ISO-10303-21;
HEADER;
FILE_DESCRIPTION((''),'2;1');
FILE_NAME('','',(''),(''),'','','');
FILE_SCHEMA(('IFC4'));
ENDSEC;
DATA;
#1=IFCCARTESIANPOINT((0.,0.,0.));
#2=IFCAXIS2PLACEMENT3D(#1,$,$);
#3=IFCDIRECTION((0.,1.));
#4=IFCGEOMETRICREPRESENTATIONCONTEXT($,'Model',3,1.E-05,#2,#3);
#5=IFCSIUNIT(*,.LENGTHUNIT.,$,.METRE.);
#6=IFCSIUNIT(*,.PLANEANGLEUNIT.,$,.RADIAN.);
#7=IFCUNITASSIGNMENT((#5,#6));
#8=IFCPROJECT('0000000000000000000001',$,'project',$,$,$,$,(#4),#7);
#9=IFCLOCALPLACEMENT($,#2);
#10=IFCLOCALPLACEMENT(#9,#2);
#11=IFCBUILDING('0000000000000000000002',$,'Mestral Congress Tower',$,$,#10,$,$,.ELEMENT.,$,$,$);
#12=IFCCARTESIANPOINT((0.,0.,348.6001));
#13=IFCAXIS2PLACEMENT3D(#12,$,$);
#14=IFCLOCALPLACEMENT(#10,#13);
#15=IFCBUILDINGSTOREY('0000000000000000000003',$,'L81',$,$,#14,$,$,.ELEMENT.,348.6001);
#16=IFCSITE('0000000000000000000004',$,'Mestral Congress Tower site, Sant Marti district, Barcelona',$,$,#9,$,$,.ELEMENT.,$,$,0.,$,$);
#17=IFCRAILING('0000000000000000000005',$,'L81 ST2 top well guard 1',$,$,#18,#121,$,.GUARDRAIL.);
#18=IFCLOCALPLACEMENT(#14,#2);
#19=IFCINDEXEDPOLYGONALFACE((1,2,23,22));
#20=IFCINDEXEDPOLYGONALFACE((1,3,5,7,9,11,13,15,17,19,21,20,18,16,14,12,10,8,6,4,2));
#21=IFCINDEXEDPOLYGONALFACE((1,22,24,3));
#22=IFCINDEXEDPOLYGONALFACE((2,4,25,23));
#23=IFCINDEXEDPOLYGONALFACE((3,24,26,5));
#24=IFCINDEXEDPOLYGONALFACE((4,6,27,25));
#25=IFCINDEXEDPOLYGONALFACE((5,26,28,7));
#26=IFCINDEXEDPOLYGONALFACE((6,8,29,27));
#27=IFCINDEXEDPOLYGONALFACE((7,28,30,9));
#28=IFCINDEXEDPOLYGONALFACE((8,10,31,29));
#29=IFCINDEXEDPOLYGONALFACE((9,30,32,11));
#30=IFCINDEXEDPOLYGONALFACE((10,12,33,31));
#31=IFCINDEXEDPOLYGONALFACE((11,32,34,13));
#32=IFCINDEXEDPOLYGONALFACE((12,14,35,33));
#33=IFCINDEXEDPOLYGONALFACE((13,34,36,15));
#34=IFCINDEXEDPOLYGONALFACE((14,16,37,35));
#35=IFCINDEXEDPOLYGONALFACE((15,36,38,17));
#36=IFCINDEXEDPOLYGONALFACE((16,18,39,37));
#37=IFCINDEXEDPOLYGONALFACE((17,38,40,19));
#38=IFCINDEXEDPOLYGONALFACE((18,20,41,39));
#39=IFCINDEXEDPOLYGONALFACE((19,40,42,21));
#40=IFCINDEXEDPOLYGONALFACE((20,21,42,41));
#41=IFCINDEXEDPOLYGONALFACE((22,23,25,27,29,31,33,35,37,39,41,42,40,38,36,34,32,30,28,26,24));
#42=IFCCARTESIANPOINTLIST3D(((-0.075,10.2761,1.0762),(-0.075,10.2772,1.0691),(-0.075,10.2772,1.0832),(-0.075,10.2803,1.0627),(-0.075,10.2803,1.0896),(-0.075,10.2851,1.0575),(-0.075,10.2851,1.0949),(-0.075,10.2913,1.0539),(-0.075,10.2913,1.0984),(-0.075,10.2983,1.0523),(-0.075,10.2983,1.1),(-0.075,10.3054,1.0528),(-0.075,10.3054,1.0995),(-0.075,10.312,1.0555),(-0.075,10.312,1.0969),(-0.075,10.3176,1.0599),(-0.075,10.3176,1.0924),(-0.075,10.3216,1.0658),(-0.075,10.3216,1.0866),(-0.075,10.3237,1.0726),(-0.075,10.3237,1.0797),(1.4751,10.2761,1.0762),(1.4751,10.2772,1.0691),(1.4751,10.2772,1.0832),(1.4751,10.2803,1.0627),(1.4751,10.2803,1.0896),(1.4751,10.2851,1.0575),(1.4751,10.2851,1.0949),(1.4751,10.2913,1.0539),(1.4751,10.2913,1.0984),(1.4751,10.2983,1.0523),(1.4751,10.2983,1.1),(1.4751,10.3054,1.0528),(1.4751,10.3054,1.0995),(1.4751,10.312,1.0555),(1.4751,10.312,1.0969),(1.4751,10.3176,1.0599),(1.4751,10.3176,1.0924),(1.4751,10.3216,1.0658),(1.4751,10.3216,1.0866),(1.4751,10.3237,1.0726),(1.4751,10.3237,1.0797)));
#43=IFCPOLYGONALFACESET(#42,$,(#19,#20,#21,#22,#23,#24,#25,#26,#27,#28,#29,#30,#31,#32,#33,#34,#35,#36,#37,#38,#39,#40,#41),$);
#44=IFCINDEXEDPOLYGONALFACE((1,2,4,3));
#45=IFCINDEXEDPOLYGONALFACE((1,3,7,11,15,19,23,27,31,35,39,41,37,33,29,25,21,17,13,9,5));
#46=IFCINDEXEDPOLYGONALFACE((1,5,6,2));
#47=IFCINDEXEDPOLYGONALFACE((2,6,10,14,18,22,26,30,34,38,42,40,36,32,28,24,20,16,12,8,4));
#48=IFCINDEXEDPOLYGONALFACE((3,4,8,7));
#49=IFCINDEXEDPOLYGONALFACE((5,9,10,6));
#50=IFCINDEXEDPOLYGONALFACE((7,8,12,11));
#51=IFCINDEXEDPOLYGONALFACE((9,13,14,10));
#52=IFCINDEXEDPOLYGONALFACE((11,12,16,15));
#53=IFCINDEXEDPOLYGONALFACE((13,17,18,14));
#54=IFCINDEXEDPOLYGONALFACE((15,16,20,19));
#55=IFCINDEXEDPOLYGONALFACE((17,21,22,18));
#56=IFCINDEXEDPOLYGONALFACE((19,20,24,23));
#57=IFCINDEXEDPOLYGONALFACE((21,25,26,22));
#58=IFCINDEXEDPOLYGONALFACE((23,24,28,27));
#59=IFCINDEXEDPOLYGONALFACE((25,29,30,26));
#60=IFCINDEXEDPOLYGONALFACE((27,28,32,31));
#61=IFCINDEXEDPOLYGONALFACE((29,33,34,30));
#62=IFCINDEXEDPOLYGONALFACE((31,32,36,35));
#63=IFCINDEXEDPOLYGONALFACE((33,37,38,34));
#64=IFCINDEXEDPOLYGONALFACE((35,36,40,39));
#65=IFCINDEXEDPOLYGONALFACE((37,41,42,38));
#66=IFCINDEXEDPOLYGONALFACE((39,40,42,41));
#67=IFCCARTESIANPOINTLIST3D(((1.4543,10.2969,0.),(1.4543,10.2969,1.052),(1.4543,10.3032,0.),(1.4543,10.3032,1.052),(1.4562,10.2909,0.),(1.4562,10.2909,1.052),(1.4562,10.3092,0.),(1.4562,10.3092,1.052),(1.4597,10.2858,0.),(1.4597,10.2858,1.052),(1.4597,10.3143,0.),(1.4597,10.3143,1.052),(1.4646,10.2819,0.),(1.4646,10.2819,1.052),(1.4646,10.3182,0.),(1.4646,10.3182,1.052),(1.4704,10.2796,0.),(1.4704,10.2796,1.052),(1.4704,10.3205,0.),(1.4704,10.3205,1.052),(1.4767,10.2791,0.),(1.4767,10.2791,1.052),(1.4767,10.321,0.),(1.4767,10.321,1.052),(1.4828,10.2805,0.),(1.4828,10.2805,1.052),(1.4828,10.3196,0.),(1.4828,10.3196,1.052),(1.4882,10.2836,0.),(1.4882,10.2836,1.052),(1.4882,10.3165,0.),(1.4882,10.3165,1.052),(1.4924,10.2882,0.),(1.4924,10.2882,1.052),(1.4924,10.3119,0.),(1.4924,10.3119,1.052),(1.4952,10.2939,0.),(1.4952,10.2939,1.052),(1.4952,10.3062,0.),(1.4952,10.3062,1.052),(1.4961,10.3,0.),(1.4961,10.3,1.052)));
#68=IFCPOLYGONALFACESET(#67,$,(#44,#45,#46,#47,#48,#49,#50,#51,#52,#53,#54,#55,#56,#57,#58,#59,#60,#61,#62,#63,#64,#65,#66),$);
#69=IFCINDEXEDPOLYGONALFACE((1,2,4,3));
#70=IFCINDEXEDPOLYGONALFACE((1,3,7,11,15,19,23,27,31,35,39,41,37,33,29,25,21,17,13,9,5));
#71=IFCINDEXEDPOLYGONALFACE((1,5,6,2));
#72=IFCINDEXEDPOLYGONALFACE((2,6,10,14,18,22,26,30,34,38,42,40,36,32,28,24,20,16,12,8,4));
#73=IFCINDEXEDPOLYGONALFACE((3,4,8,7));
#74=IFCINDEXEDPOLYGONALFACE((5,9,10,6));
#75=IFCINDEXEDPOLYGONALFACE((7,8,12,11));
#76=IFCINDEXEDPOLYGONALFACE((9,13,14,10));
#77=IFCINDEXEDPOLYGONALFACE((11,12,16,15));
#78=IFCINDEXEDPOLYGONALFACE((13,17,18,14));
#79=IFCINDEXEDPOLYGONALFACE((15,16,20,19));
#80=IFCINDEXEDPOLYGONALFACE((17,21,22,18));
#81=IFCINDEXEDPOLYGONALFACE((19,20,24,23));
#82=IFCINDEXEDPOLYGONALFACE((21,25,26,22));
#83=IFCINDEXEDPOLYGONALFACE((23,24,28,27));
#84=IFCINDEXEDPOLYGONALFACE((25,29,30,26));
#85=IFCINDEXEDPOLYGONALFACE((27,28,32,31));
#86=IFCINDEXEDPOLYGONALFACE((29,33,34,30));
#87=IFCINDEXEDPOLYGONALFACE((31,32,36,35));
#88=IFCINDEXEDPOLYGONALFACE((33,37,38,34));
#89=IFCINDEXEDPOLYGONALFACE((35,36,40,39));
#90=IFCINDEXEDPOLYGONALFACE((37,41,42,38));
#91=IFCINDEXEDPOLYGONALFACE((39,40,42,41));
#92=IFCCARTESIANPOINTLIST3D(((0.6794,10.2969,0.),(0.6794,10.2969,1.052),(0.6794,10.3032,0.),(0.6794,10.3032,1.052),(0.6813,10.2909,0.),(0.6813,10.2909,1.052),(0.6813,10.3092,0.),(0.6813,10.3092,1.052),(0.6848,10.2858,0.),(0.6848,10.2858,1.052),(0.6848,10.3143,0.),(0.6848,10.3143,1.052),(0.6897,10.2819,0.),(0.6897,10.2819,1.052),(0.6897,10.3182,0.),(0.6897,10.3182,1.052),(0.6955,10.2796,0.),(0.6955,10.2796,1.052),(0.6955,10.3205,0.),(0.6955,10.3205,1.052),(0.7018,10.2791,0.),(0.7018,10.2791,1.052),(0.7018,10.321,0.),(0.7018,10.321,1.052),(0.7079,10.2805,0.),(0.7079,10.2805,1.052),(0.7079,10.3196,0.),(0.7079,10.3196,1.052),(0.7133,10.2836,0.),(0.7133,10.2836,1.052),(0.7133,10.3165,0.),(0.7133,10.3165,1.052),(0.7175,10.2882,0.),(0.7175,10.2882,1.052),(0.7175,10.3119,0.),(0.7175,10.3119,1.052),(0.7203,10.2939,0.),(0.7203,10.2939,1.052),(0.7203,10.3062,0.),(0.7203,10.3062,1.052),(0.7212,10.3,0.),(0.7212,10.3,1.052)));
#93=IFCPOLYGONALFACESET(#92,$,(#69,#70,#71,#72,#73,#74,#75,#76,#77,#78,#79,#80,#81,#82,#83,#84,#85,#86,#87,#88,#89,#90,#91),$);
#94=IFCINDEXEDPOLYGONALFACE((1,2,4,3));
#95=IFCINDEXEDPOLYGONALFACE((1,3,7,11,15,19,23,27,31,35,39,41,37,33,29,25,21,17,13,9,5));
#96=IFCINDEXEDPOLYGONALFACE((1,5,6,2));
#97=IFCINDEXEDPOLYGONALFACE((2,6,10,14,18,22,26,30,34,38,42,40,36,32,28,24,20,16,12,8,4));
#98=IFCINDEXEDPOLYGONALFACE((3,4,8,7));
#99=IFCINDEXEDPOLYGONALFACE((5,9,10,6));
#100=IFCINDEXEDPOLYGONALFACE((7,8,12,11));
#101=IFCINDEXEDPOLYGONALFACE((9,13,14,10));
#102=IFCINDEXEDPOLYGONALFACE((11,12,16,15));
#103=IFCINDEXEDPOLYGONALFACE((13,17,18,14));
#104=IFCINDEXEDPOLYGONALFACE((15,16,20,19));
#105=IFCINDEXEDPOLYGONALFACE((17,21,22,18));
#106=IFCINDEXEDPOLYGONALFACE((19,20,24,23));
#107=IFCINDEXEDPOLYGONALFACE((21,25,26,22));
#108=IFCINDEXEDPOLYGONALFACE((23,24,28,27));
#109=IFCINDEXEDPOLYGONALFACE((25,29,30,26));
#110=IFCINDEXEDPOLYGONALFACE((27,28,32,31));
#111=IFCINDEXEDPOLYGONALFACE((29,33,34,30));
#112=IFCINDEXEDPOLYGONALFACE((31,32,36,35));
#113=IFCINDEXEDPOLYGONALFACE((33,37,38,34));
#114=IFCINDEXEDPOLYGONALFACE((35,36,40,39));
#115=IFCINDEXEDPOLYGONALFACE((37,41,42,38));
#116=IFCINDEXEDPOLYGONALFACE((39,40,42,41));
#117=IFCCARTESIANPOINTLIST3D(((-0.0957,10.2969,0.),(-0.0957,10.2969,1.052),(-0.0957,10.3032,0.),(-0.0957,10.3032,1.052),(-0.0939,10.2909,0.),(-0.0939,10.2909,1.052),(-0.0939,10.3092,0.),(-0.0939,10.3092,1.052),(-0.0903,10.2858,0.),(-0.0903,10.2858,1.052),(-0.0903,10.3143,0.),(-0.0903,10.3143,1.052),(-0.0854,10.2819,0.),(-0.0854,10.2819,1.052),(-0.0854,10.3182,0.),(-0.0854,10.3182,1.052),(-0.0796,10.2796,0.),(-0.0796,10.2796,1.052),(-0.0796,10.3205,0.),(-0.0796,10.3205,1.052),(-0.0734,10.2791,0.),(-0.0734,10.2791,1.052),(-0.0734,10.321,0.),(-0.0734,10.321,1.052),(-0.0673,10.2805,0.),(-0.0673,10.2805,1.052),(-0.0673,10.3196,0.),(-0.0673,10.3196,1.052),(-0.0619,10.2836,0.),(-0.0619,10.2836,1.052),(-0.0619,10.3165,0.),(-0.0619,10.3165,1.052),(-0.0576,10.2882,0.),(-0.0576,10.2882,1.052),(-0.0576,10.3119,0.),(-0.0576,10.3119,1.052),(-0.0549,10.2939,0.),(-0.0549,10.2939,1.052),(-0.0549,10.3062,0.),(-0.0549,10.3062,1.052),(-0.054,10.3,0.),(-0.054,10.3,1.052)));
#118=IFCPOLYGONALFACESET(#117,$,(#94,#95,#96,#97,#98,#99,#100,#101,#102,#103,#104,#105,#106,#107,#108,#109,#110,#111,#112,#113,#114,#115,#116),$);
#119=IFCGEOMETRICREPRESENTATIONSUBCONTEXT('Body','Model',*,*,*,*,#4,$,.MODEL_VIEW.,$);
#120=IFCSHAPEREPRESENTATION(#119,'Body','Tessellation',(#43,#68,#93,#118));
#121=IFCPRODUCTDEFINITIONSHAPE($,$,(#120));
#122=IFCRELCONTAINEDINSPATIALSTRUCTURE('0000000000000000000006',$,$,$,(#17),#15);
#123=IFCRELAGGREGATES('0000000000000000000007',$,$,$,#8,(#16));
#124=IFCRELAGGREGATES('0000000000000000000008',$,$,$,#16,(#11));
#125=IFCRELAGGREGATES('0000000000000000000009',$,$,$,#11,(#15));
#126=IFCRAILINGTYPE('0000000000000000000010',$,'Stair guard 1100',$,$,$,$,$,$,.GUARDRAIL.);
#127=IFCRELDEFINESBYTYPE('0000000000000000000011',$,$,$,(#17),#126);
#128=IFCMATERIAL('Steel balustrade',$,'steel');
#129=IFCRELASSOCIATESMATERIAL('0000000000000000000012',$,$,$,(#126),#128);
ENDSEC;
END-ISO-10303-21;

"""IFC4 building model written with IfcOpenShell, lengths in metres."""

from ifc_helpers import new_model, si_unit, direction, frame, origin, origin_2d, place, context, subcontext, project, spatial, circle, extrude, material, type_object, element, save


model = new_model("IFC4")

# Units and contexts
model_context = context("Model", 3, precision=1e-05, world=origin(), true_north=direction((0.0, 1.0)))
body_context = subcontext(model_context, "Body", "Model", "MODEL_VIEW")
ifc_project = project(units=[si_unit("LENGTHUNIT", "METRE"), si_unit("PLANEANGLEUNIT", "RADIAN")], contexts=[model_context])

# Site, building, storey
site_placement = place(None, origin())
site = spatial("IfcSite", under=ifc_project, at=site_placement, Name="Mestral Congress Tower site, Sant Marti district, Barcelona", CompositionType="ELEMENT", RefElevation=0.0)
building_placement = place(site_placement, origin())
building = spatial("IfcBuilding", under=site, at=building_placement, Name="Mestral Congress Tower", CompositionType="ELEMENT")
storey_placement = place(building_placement, frame((0.0, 0.0, 348.6001)))
storey = spatial("IfcBuildingStorey", under=building, at=storey_placement, Name="L81", CompositionType="ELEMENT", Elevation=348.6001)

# Railing
ifc_material_1 = material(Name="Steel balustrade", Category="steel")
railing_type = type_object("IfcRailingType", Name="Stair guard 1100", PredefinedType="GUARDRAIL", material=ifc_material_1)
railing_placement = place(storey_placement, frame((1.4751, 10.3, 0.0)))
element("IfcRailing", 1, at=railing_placement, inside=storey, type_object=railing_type, Name="L81 ST2 top well guard 1", PredefinedType="GUARDRAIL", context=body_context, shape_type="SweptSolid", body=[
    extrude(circle(Radius=0.0239, at=origin_2d()), frame((0.0, 0.0, 1.0762), z_axis=(-1.0, 0.0, 0.0), x_axis=(0.0, -1.0, 0.0)), (0.0, 0.0, 1.0), 1.55),
    extrude(circle(Radius=0.021, at=origin_2d()), origin(), (0.0, 0.0, 1.0), 1.052),
    extrude(circle(Radius=0.021, at=origin_2d()), frame((-0.7749, 0.0, 0.0)), (0.0, 0.0, 1.0), 1.052),
    extrude(circle(Radius=0.021, at=origin_2d()), frame((-1.55, 0.0, 0.0)), (0.0, 0.0, 1.0), 1.052),
])

save(model, "model.ifc")
